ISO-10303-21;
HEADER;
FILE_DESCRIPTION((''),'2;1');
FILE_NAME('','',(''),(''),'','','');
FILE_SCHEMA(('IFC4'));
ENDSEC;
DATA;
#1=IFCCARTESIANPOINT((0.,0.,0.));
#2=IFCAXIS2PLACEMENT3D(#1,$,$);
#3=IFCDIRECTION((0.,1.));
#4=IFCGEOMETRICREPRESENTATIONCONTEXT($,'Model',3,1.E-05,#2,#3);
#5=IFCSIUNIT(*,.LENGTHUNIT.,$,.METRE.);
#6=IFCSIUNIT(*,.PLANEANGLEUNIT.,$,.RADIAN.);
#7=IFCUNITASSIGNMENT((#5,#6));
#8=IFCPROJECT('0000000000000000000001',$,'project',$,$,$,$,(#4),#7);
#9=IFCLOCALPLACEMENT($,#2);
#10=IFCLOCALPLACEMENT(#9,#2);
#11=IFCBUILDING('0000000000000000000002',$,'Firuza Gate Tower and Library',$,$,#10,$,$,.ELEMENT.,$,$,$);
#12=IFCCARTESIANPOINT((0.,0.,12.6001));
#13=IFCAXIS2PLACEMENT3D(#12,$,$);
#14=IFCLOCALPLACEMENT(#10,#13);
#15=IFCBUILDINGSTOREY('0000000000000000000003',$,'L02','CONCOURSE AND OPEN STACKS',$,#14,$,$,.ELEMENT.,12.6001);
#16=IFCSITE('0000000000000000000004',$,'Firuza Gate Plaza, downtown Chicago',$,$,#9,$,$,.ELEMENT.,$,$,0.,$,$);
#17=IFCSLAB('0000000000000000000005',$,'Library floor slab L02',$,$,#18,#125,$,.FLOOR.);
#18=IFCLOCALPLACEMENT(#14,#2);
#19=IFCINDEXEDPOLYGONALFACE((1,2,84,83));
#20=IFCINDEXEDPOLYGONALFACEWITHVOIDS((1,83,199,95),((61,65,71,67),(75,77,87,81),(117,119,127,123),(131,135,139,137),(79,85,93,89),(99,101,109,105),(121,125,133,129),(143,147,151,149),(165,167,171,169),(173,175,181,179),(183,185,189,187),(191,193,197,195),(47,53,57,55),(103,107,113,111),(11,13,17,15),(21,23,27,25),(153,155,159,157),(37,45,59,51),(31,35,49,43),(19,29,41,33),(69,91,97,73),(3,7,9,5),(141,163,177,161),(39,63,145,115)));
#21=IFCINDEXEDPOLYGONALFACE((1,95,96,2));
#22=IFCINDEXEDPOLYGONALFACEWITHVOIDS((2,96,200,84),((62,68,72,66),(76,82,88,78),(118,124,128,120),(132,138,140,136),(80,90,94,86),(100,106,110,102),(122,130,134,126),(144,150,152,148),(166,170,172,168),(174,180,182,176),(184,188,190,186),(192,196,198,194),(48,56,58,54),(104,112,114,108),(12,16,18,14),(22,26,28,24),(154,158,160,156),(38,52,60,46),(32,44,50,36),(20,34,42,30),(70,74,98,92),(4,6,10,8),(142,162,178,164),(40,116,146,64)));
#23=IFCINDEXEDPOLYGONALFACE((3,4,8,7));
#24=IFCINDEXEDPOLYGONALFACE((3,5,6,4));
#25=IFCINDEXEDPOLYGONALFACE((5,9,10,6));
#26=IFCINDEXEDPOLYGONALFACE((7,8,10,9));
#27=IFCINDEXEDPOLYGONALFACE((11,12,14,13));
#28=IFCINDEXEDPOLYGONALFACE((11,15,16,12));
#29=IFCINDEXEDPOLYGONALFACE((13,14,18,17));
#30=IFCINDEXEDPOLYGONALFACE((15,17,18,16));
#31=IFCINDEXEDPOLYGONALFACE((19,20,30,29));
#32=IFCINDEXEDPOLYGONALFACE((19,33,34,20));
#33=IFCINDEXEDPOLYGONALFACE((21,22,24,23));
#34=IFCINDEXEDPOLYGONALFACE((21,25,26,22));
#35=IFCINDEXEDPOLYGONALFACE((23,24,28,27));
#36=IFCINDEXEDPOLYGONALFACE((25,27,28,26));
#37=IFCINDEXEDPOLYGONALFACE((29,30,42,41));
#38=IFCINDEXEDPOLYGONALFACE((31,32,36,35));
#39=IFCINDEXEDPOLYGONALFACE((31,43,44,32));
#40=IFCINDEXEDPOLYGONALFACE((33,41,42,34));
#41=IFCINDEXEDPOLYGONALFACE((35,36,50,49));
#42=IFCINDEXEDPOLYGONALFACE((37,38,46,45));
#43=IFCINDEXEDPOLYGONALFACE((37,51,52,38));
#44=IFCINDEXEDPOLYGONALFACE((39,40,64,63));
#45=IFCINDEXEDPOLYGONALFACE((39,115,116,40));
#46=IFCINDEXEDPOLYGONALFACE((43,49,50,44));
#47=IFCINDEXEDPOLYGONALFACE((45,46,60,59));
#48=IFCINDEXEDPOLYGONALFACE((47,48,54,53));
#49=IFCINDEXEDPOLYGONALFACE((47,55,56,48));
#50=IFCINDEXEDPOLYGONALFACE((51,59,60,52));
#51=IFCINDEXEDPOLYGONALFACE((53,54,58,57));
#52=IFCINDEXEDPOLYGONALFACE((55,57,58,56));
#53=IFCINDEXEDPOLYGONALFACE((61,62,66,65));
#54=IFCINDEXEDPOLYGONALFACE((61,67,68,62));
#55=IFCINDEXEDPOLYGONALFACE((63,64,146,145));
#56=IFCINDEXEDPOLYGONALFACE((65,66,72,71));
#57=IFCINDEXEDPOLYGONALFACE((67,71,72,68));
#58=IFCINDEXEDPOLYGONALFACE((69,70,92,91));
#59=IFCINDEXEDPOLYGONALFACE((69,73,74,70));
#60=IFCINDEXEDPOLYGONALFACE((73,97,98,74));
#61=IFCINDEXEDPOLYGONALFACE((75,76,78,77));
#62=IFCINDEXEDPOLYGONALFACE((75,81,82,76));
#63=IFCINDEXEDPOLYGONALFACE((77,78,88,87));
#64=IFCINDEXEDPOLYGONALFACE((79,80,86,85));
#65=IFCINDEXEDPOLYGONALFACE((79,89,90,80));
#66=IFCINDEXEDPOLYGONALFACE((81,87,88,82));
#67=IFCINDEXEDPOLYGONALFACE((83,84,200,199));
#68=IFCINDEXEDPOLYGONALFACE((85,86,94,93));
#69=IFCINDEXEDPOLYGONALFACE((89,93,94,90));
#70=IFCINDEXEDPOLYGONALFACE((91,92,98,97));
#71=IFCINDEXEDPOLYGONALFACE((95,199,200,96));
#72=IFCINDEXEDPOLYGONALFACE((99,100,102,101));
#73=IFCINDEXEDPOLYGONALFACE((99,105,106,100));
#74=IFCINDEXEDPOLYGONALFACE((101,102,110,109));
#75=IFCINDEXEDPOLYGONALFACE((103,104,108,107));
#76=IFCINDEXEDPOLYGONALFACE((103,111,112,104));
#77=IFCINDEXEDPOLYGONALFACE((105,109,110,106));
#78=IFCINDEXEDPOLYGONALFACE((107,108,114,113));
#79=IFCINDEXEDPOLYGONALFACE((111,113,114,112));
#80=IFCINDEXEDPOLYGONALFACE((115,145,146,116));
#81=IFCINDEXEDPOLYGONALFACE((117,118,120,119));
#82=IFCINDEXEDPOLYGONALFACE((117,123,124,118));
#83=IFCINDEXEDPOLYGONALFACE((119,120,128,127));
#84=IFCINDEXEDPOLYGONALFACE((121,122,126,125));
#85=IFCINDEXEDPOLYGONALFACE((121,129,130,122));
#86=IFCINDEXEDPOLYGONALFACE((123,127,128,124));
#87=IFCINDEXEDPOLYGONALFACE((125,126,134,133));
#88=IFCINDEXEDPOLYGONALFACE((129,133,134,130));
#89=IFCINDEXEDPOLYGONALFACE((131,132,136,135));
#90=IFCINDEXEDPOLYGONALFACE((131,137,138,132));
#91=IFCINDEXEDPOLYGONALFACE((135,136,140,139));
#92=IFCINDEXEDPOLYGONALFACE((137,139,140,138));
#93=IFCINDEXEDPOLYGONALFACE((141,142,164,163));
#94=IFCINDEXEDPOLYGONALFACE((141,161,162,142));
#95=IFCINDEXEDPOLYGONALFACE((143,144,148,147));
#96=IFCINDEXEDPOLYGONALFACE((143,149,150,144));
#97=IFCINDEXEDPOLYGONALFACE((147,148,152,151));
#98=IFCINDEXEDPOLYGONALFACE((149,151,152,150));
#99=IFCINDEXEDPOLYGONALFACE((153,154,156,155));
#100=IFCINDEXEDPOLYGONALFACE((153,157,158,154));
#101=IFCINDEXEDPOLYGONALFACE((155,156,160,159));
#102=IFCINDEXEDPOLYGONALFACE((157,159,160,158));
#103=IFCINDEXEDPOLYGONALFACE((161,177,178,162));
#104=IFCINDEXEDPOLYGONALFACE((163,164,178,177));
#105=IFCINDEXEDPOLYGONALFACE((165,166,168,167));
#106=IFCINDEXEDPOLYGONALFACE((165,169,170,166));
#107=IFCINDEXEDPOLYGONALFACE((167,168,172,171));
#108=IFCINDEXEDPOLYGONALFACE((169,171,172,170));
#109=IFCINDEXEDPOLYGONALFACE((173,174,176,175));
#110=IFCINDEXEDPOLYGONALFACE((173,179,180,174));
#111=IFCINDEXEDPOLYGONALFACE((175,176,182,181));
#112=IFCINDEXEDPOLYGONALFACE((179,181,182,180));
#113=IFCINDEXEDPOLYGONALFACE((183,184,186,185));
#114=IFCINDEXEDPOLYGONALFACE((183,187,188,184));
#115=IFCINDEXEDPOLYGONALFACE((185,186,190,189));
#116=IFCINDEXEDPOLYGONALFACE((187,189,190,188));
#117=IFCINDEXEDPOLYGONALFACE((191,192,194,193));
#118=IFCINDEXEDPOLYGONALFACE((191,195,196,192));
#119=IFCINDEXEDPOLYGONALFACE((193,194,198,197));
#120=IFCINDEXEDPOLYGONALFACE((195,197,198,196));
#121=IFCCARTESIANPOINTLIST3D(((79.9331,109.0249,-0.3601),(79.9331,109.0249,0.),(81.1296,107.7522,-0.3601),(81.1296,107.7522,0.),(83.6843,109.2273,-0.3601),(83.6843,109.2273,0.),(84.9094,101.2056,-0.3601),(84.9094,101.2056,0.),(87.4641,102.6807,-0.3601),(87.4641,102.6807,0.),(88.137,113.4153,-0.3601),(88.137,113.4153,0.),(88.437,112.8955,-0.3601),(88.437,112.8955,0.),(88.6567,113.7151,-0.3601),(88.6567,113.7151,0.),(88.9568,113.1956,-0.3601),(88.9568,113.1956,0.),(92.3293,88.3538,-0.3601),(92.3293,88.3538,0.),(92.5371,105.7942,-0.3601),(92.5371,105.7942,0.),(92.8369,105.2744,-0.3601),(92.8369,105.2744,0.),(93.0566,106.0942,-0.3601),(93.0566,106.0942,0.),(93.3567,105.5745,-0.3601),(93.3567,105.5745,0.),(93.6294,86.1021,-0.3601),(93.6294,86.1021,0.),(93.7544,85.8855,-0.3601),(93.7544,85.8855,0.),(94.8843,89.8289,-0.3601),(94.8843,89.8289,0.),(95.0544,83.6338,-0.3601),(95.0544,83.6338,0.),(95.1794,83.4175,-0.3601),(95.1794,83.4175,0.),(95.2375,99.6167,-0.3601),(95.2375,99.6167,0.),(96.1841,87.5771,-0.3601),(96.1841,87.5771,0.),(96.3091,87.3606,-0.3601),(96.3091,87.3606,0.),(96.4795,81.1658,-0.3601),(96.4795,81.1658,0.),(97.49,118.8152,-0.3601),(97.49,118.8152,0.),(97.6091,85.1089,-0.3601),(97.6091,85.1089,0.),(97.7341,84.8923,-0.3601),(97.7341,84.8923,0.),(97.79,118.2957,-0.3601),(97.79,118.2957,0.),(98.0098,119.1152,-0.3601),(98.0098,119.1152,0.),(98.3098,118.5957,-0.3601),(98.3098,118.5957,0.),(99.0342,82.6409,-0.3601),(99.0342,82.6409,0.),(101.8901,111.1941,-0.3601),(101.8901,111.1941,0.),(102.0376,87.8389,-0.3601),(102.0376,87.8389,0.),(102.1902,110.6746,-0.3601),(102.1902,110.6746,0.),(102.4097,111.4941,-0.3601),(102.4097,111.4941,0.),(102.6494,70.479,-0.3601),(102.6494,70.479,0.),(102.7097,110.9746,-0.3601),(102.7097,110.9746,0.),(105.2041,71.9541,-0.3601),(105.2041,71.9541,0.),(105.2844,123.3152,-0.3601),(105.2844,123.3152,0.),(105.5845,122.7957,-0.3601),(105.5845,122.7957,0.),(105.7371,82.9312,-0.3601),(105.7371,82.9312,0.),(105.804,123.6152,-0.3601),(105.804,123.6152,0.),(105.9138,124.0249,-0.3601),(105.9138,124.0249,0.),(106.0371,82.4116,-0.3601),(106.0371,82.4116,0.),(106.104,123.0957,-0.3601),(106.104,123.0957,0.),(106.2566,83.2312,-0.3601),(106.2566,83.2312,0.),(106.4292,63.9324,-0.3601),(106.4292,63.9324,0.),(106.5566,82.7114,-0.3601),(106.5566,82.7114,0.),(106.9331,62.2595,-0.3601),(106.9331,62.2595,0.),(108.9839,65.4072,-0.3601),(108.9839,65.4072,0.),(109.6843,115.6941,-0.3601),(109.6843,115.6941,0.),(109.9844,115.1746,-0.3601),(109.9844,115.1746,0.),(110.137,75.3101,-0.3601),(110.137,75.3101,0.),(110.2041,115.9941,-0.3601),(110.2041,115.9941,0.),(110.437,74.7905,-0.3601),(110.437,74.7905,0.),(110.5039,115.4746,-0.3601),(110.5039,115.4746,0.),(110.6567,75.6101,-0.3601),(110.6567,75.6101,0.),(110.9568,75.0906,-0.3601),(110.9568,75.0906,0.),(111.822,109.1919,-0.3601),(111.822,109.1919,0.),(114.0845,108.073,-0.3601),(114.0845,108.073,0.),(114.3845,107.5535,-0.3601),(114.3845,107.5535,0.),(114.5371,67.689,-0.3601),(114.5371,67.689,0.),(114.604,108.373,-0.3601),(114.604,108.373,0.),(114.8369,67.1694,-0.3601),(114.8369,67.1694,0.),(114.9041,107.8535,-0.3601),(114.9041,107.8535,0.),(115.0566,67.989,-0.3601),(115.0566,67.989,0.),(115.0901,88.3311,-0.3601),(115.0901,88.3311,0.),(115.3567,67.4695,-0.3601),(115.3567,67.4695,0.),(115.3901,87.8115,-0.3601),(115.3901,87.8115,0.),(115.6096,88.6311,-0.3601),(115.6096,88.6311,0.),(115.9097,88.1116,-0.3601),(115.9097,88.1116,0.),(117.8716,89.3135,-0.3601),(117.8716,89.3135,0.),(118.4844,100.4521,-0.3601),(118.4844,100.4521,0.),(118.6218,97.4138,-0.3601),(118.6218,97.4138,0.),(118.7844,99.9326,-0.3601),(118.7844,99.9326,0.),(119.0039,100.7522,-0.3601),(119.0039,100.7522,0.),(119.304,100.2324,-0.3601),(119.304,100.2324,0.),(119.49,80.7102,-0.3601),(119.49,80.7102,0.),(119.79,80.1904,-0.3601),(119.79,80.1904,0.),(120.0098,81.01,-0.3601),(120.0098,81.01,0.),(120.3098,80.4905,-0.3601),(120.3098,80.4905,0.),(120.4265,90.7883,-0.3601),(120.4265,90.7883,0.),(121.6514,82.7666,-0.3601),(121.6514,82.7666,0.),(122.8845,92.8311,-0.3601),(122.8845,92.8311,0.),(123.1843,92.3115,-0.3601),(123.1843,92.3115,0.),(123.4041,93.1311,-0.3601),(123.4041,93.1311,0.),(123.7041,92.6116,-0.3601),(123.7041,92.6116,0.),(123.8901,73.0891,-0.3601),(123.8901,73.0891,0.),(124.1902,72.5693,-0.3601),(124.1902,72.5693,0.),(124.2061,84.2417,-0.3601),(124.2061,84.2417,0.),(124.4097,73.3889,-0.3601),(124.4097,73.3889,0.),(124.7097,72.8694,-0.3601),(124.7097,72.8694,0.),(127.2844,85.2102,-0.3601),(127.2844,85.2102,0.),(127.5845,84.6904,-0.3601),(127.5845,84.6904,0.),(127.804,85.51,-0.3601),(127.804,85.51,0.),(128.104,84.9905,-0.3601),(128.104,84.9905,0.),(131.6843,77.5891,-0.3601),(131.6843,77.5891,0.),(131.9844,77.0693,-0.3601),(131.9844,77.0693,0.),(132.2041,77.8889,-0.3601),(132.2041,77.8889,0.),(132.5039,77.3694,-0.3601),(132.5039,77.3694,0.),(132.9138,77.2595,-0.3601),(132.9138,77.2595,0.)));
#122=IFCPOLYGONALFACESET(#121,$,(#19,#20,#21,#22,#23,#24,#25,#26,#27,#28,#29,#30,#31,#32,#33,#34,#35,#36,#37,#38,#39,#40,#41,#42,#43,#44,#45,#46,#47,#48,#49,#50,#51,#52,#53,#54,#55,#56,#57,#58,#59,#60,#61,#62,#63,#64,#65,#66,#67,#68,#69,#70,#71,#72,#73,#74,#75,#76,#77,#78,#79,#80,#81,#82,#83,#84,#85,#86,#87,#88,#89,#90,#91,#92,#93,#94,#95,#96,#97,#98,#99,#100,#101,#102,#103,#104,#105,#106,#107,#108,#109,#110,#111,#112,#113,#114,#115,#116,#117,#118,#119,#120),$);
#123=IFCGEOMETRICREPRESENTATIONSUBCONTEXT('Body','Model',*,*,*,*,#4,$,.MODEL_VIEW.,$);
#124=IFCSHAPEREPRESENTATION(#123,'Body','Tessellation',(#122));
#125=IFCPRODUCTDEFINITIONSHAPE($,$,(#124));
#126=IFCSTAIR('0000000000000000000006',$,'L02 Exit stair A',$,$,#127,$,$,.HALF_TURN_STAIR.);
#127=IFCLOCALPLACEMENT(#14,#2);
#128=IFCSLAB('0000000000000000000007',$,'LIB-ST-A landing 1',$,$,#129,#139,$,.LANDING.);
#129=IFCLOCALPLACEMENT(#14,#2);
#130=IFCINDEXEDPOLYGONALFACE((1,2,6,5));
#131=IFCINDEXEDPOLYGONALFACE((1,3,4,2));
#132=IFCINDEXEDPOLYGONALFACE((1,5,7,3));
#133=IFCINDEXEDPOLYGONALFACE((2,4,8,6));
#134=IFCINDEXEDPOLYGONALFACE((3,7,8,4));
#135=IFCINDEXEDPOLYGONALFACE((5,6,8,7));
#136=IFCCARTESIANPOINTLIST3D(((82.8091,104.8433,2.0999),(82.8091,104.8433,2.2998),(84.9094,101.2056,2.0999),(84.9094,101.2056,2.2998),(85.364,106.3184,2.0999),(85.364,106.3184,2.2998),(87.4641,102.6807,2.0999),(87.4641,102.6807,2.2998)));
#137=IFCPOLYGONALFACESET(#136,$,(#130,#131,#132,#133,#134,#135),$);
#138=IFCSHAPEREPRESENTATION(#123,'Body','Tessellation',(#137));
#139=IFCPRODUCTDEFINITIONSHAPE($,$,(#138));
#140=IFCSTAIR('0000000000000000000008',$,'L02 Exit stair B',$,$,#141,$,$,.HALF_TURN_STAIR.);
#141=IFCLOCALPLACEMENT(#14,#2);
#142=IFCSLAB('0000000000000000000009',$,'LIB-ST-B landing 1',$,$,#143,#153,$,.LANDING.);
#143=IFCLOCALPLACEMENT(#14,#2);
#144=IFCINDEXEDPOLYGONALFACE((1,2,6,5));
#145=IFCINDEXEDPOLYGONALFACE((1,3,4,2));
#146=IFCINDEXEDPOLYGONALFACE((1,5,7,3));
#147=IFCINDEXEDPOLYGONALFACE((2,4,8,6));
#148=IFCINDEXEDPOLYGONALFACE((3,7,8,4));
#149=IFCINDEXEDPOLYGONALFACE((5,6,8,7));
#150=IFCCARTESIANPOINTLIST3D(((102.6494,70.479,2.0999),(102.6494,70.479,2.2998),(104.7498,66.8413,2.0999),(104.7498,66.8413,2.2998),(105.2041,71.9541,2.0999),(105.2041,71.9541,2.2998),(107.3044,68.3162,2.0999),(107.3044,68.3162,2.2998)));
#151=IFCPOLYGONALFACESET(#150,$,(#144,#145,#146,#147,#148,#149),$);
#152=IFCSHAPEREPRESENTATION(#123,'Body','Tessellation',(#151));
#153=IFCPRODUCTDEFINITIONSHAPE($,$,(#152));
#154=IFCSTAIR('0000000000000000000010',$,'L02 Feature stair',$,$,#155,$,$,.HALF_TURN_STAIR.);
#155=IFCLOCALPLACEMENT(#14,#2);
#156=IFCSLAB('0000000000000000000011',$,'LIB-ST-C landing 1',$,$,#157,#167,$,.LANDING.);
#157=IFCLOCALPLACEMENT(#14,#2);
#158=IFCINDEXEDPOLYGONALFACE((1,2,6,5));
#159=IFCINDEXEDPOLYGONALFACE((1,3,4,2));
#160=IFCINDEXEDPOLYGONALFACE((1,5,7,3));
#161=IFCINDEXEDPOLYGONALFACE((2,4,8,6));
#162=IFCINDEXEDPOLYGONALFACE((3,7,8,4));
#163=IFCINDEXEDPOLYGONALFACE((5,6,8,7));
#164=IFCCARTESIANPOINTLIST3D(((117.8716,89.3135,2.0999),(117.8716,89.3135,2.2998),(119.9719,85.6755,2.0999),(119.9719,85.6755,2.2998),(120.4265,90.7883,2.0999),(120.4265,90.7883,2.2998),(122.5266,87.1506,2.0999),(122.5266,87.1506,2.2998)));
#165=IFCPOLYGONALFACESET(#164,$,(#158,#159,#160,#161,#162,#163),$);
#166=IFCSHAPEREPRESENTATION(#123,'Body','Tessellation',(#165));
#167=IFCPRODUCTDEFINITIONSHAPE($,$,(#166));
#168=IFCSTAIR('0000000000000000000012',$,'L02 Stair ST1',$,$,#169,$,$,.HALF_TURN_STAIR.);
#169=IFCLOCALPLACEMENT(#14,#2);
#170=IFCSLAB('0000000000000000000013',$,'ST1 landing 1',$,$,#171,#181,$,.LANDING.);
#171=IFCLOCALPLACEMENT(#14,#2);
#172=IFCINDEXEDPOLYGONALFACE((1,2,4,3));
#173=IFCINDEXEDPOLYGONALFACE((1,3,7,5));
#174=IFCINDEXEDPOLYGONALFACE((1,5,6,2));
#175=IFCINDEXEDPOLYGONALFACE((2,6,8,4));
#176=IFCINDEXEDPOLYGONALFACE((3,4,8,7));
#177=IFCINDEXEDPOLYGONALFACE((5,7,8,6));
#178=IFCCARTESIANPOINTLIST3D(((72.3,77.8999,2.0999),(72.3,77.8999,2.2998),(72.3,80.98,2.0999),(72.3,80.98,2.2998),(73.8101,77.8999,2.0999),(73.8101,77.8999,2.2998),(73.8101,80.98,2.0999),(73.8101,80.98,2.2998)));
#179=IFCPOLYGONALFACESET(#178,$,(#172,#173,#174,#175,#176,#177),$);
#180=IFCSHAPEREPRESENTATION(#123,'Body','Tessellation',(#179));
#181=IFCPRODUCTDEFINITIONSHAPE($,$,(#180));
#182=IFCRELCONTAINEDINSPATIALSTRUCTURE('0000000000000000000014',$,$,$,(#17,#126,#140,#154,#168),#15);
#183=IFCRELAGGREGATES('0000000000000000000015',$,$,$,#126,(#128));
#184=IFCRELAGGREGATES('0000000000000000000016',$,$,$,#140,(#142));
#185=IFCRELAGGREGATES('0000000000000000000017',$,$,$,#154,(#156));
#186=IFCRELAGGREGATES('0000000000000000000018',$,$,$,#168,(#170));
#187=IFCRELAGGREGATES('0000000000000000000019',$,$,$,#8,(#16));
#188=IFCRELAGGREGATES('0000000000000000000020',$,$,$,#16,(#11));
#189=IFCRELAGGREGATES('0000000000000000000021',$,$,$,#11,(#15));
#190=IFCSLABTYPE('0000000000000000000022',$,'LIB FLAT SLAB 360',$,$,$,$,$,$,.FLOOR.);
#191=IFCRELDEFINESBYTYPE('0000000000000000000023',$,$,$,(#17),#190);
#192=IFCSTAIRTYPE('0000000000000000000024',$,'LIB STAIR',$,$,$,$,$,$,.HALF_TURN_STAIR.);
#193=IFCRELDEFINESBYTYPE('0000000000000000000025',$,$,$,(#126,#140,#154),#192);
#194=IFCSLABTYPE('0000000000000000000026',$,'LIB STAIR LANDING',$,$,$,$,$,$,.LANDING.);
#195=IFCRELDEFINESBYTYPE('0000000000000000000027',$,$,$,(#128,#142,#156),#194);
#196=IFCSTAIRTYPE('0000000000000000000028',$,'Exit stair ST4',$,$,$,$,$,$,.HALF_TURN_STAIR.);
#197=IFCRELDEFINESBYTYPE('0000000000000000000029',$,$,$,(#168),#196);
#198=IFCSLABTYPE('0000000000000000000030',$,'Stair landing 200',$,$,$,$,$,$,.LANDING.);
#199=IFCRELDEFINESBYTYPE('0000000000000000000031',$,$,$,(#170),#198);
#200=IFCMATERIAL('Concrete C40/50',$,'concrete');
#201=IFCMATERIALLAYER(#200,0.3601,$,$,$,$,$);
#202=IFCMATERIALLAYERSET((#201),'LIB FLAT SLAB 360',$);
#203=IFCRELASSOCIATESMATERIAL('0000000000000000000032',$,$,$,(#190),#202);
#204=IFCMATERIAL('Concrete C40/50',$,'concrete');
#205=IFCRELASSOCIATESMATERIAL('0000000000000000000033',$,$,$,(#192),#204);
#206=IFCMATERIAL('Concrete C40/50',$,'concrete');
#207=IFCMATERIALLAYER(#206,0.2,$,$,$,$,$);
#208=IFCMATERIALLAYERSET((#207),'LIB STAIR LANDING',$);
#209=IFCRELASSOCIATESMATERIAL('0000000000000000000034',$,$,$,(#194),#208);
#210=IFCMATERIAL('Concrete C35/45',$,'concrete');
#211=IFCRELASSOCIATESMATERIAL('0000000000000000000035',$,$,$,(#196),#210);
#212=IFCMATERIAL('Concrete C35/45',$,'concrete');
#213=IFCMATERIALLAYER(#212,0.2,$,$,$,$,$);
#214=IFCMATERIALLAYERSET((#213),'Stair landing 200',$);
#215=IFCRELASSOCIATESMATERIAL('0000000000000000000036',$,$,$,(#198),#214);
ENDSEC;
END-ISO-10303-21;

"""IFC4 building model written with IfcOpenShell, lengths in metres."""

from ifc_helpers import new_model, si_unit, direction, frame, origin, place, context, subcontext, project, spatial, polyline, outline, extrude, material, layer, layer_set, type_object, element, aggregate, save


model = new_model("IFC4")

# Units and contexts
model_context = context("Model", 3, precision=1e-05, world=origin(), true_north=direction((0.0, 1.0)))
body_context = subcontext(model_context, "Body", "Model", "MODEL_VIEW")
ifc_project = project(units=[si_unit("LENGTHUNIT", "METRE"), si_unit("PLANEANGLEUNIT", "RADIAN")], contexts=[model_context])

# Site, building, storey
site_placement = place(None, origin())
site = spatial("IfcSite", under=ifc_project, at=site_placement, Name="Firuza Gate Plaza, downtown Chicago", CompositionType="ELEMENT", RefElevation=0.0)
building_placement = place(site_placement, origin())
building = spatial("IfcBuilding", under=site, at=building_placement, Name="Firuza Gate Tower and Library", CompositionType="ELEMENT")
storey_placement = place(building_placement, frame((0.0, 0.0, 12.6001)))
storey = spatial("IfcBuildingStorey", under=building, at=storey_placement, Name="L02", Description="CONCOURSE AND OPEN STACKS", CompositionType="ELEMENT", Elevation=12.6001)

# Shared definitions
placement_1 = place(storey_placement, origin())

# Slab
ifc_material_1 = material(Name="Concrete C40/50", Category="concrete")
ifc_layer_1 = layer(ifc_material_1, 0.3601)
ifc_layer_set_1 = layer_set([ifc_layer_1], Name="LIB FLAT SLAB 360")
slab_type_1 = type_object("IfcSlabType", Name="LIB FLAT SLAB 360", PredefinedType="FLOOR", material=ifc_layer_set_1)
slab_1_placement = place(storey_placement, frame((0.0, 0.0, -0.3601)))
element("IfcSlab", 1, at=slab_1_placement, inside=storey, type_object=slab_type_1, Name="Library floor slab L02", PredefinedType="FLOOR", context=body_context, shape_type="SweptSolid", body=[
    extrude(outline(polyline([(106.9331, 62.2595), (132.9138, 77.2595), (105.9138, 124.0249), (79.9331, 109.0249), (106.9331, 62.2595)]), holes=[polyline([(108.9839, 65.4072), (105.2041, 71.9541), (102.6494, 70.479), (106.4292, 63.9324), (108.9839, 65.4072)]), polyline([(96.4795, 81.1658), (99.0342, 82.6409), (97.7341, 84.8923), (95.1794, 83.4175), (96.4795, 81.1658)]), polyline([(95.0544, 83.6338), (97.6091, 85.1089), (96.3091, 87.3606), (93.7544, 85.8855), (95.0544, 83.6338)]), polyline([(114.8369, 67.1694), (115.3567, 67.4695), (115.0566, 67.989), (114.5371, 67.689), (114.8369, 67.1694)]), polyline([(110.437, 74.7905), (110.9568, 75.0906), (110.6567, 75.6101), (110.137, 75.3101), (110.437, 74.7905)]), polyline([(106.0371, 82.4116), (106.5566, 82.7114), (106.2566, 83.2312), (105.7371, 82.9312), (106.0371, 82.4116)]), polyline([(124.1902, 72.5693), (124.7097, 72.8694), (124.4097, 73.3889), (123.8901, 73.0891), (124.1902, 72.5693)]), polyline([(119.49, 80.7102), (119.79, 80.1904), (120.3098, 80.4905), (120.0098, 81.01), (119.49, 80.7102)]), polyline([(115.3901, 87.8115), (115.9097, 88.1116), (115.6096, 88.6311), (115.0901, 88.3311), (115.3901, 87.8115)]), polyline([(120.4265, 90.7883), (117.8716, 89.3135), (121.6514, 82.7666), (124.2061, 84.2417), (120.4265, 90.7883)]), polyline([(131.9844, 77.0693), (132.5039, 77.3694), (132.2041, 77.8889), (131.6843, 77.5891), (131.9844, 77.0693)]), polyline([(127.5845, 84.6904), (128.104, 84.9905), (127.804, 85.51), (127.2844, 85.2102), (127.5845, 84.6904)]), polyline([(123.1843, 92.3115), (123.7041, 92.6116), (123.4041, 93.1311), (122.8845, 92.8311), (123.1843, 92.3115)]), polyline([(118.7844, 99.9326), (119.304, 100.2324), (119.0039, 100.7522), (118.4844, 100.4521), (118.7844, 99.9326)]), polyline([(81.1296, 107.7522), (84.9094, 101.2056), (87.4641, 102.6807), (83.6843, 109.2273), (81.1296, 107.7522)]), polyline([(93.6294, 86.1021), (96.1841, 87.5771), (94.8843, 89.8289), (92.3293, 88.3538), (93.6294, 86.1021)]), polyline([(92.8369, 105.2744), (93.3567, 105.5745), (93.0566, 106.0942), (92.5371, 105.7942), (92.8369, 105.2744)]), polyline([(88.437, 112.8955), (88.9568, 113.1956), (88.6567, 113.7151), (88.137, 113.4153), (88.437, 112.8955)]), polyline([(102.0376, 87.8389), (118.6218, 97.4138), (111.822, 109.1919), (95.2375, 99.6167), (102.0376, 87.8389)]), polyline([(102.1902, 110.6746), (102.7097, 110.9746), (102.4097, 111.4941), (101.8901, 111.1941), (102.1902, 110.6746)]), polyline([(97.79, 118.2957), (98.3098, 118.5957), (98.0098, 119.1152), (97.49, 118.8152), (97.79, 118.2957)]), polyline([(114.3845, 107.5535), (114.9041, 107.8535), (114.604, 108.373), (114.0845, 108.073), (114.3845, 107.5535)]), polyline([(109.9844, 115.1746), (110.5039, 115.4746), (110.2041, 115.9941), (109.6843, 115.6941), (109.9844, 115.1746)]), polyline([(105.5845, 122.7957), (106.104, 123.0957), (105.804, 123.6152), (105.2844, 123.3152), (105.5845, 122.7957)])]), origin(), (0.0, 0.0, 1.0), 0.3601),
])

# Stairs, slabs
ifc_material_2 = material(Name="Concrete C40/50", Category="concrete")
stair_type_1 = type_object("IfcStairType", Name="LIB STAIR", PredefinedType="HALF_TURN_STAIR", material=ifc_material_2)
stair_1 = element("IfcStair", 2, at=placement_1, inside=storey, type_object=stair_type_1, Name="L02 Exit stair A", PredefinedType="HALF_TURN_STAIR")
ifc_material_3 = material(Name="Concrete C40/50", Category="concrete")
ifc_layer_2 = layer(ifc_material_3, 0.2)
ifc_layer_set_2 = layer_set([ifc_layer_2], Name="LIB STAIR LANDING")
slab_type_2 = type_object("IfcSlabType", Name="LIB STAIR LANDING", PredefinedType="LANDING", material=ifc_layer_set_2)
placement_2 = place(storey_placement, frame((0.0, 0.0, 2.0999)))
slab_2 = element("IfcSlab", 3, at=placement_2, type_object=slab_type_2, Name="LIB-ST-A landing 1", PredefinedType="LANDING", context=body_context, shape_type="SweptSolid", body=[
    extrude(outline(polyline([(82.8091, 104.8433), (84.9094, 101.2056), (87.4641, 102.6807), (85.364, 106.3184), (82.8091, 104.8433)])), origin(), (0.0, 0.0, 1.0), 0.2),
])
aggregate(stair_1, [slab_2])
stair_2 = element("IfcStair", 4, at=placement_1, inside=storey, type_object=stair_type_1, Name="L02 Exit stair B", PredefinedType="HALF_TURN_STAIR")
slab_3 = element("IfcSlab", 5, at=placement_2, type_object=slab_type_2, Name="LIB-ST-B landing 1", PredefinedType="LANDING", context=body_context, shape_type="SweptSolid", body=[
    extrude(outline(polyline([(107.3044, 68.3162), (105.2041, 71.9541), (102.6494, 70.479), (104.7498, 66.8413), (107.3044, 68.3162)])), origin(), (0.0, 0.0, 1.0), 0.2),
])
aggregate(stair_2, [slab_3])
stair_3 = element("IfcStair", 6, at=placement_1, inside=storey, type_object=stair_type_1, Name="L02 Feature stair", PredefinedType="HALF_TURN_STAIR")
slab_4 = element("IfcSlab", 7, at=placement_2, type_object=slab_type_2, Name="LIB-ST-C landing 1", PredefinedType="LANDING", context=body_context, shape_type="SweptSolid", body=[
    extrude(outline(polyline([(122.5266, 87.1506), (120.4265, 90.7883), (117.8716, 89.3135), (119.9719, 85.6755), (122.5266, 87.1506)])), origin(), (0.0, 0.0, 1.0), 0.2),
])
aggregate(stair_3, [slab_4])
ifc_material_4 = material(Name="Concrete C35/45", Category="concrete")
stair_type_2 = type_object("IfcStairType", Name="Exit stair ST4", PredefinedType="HALF_TURN_STAIR", material=ifc_material_4)
stair_4 = element("IfcStair", 8, at=placement_1, inside=storey, type_object=stair_type_2, Name="L02 Stair ST1", PredefinedType="HALF_TURN_STAIR")
ifc_material_5 = material(Name="Concrete C35/45", Category="concrete")
ifc_layer_3 = layer(ifc_material_5, 0.2)
ifc_layer_set_3 = layer_set([ifc_layer_3], Name="Stair landing 200")
slab_type_3 = type_object("IfcSlabType", Name="Stair landing 200", PredefinedType="LANDING", material=ifc_layer_set_3)
slab_5 = element("IfcSlab", 9, at=placement_2, type_object=slab_type_3, Name="ST1 landing 1", PredefinedType="LANDING", context=body_context, shape_type="SweptSolid", body=[
    extrude(outline(polyline([(72.3, 77.8999), (73.8101, 77.8999), (73.8101, 80.98), (72.3, 80.98), (72.3, 77.8999)])), origin(), (0.0, 0.0, 1.0), 0.2),
])
aggregate(stair_4, [slab_5])

save(model, "model.ifc")
